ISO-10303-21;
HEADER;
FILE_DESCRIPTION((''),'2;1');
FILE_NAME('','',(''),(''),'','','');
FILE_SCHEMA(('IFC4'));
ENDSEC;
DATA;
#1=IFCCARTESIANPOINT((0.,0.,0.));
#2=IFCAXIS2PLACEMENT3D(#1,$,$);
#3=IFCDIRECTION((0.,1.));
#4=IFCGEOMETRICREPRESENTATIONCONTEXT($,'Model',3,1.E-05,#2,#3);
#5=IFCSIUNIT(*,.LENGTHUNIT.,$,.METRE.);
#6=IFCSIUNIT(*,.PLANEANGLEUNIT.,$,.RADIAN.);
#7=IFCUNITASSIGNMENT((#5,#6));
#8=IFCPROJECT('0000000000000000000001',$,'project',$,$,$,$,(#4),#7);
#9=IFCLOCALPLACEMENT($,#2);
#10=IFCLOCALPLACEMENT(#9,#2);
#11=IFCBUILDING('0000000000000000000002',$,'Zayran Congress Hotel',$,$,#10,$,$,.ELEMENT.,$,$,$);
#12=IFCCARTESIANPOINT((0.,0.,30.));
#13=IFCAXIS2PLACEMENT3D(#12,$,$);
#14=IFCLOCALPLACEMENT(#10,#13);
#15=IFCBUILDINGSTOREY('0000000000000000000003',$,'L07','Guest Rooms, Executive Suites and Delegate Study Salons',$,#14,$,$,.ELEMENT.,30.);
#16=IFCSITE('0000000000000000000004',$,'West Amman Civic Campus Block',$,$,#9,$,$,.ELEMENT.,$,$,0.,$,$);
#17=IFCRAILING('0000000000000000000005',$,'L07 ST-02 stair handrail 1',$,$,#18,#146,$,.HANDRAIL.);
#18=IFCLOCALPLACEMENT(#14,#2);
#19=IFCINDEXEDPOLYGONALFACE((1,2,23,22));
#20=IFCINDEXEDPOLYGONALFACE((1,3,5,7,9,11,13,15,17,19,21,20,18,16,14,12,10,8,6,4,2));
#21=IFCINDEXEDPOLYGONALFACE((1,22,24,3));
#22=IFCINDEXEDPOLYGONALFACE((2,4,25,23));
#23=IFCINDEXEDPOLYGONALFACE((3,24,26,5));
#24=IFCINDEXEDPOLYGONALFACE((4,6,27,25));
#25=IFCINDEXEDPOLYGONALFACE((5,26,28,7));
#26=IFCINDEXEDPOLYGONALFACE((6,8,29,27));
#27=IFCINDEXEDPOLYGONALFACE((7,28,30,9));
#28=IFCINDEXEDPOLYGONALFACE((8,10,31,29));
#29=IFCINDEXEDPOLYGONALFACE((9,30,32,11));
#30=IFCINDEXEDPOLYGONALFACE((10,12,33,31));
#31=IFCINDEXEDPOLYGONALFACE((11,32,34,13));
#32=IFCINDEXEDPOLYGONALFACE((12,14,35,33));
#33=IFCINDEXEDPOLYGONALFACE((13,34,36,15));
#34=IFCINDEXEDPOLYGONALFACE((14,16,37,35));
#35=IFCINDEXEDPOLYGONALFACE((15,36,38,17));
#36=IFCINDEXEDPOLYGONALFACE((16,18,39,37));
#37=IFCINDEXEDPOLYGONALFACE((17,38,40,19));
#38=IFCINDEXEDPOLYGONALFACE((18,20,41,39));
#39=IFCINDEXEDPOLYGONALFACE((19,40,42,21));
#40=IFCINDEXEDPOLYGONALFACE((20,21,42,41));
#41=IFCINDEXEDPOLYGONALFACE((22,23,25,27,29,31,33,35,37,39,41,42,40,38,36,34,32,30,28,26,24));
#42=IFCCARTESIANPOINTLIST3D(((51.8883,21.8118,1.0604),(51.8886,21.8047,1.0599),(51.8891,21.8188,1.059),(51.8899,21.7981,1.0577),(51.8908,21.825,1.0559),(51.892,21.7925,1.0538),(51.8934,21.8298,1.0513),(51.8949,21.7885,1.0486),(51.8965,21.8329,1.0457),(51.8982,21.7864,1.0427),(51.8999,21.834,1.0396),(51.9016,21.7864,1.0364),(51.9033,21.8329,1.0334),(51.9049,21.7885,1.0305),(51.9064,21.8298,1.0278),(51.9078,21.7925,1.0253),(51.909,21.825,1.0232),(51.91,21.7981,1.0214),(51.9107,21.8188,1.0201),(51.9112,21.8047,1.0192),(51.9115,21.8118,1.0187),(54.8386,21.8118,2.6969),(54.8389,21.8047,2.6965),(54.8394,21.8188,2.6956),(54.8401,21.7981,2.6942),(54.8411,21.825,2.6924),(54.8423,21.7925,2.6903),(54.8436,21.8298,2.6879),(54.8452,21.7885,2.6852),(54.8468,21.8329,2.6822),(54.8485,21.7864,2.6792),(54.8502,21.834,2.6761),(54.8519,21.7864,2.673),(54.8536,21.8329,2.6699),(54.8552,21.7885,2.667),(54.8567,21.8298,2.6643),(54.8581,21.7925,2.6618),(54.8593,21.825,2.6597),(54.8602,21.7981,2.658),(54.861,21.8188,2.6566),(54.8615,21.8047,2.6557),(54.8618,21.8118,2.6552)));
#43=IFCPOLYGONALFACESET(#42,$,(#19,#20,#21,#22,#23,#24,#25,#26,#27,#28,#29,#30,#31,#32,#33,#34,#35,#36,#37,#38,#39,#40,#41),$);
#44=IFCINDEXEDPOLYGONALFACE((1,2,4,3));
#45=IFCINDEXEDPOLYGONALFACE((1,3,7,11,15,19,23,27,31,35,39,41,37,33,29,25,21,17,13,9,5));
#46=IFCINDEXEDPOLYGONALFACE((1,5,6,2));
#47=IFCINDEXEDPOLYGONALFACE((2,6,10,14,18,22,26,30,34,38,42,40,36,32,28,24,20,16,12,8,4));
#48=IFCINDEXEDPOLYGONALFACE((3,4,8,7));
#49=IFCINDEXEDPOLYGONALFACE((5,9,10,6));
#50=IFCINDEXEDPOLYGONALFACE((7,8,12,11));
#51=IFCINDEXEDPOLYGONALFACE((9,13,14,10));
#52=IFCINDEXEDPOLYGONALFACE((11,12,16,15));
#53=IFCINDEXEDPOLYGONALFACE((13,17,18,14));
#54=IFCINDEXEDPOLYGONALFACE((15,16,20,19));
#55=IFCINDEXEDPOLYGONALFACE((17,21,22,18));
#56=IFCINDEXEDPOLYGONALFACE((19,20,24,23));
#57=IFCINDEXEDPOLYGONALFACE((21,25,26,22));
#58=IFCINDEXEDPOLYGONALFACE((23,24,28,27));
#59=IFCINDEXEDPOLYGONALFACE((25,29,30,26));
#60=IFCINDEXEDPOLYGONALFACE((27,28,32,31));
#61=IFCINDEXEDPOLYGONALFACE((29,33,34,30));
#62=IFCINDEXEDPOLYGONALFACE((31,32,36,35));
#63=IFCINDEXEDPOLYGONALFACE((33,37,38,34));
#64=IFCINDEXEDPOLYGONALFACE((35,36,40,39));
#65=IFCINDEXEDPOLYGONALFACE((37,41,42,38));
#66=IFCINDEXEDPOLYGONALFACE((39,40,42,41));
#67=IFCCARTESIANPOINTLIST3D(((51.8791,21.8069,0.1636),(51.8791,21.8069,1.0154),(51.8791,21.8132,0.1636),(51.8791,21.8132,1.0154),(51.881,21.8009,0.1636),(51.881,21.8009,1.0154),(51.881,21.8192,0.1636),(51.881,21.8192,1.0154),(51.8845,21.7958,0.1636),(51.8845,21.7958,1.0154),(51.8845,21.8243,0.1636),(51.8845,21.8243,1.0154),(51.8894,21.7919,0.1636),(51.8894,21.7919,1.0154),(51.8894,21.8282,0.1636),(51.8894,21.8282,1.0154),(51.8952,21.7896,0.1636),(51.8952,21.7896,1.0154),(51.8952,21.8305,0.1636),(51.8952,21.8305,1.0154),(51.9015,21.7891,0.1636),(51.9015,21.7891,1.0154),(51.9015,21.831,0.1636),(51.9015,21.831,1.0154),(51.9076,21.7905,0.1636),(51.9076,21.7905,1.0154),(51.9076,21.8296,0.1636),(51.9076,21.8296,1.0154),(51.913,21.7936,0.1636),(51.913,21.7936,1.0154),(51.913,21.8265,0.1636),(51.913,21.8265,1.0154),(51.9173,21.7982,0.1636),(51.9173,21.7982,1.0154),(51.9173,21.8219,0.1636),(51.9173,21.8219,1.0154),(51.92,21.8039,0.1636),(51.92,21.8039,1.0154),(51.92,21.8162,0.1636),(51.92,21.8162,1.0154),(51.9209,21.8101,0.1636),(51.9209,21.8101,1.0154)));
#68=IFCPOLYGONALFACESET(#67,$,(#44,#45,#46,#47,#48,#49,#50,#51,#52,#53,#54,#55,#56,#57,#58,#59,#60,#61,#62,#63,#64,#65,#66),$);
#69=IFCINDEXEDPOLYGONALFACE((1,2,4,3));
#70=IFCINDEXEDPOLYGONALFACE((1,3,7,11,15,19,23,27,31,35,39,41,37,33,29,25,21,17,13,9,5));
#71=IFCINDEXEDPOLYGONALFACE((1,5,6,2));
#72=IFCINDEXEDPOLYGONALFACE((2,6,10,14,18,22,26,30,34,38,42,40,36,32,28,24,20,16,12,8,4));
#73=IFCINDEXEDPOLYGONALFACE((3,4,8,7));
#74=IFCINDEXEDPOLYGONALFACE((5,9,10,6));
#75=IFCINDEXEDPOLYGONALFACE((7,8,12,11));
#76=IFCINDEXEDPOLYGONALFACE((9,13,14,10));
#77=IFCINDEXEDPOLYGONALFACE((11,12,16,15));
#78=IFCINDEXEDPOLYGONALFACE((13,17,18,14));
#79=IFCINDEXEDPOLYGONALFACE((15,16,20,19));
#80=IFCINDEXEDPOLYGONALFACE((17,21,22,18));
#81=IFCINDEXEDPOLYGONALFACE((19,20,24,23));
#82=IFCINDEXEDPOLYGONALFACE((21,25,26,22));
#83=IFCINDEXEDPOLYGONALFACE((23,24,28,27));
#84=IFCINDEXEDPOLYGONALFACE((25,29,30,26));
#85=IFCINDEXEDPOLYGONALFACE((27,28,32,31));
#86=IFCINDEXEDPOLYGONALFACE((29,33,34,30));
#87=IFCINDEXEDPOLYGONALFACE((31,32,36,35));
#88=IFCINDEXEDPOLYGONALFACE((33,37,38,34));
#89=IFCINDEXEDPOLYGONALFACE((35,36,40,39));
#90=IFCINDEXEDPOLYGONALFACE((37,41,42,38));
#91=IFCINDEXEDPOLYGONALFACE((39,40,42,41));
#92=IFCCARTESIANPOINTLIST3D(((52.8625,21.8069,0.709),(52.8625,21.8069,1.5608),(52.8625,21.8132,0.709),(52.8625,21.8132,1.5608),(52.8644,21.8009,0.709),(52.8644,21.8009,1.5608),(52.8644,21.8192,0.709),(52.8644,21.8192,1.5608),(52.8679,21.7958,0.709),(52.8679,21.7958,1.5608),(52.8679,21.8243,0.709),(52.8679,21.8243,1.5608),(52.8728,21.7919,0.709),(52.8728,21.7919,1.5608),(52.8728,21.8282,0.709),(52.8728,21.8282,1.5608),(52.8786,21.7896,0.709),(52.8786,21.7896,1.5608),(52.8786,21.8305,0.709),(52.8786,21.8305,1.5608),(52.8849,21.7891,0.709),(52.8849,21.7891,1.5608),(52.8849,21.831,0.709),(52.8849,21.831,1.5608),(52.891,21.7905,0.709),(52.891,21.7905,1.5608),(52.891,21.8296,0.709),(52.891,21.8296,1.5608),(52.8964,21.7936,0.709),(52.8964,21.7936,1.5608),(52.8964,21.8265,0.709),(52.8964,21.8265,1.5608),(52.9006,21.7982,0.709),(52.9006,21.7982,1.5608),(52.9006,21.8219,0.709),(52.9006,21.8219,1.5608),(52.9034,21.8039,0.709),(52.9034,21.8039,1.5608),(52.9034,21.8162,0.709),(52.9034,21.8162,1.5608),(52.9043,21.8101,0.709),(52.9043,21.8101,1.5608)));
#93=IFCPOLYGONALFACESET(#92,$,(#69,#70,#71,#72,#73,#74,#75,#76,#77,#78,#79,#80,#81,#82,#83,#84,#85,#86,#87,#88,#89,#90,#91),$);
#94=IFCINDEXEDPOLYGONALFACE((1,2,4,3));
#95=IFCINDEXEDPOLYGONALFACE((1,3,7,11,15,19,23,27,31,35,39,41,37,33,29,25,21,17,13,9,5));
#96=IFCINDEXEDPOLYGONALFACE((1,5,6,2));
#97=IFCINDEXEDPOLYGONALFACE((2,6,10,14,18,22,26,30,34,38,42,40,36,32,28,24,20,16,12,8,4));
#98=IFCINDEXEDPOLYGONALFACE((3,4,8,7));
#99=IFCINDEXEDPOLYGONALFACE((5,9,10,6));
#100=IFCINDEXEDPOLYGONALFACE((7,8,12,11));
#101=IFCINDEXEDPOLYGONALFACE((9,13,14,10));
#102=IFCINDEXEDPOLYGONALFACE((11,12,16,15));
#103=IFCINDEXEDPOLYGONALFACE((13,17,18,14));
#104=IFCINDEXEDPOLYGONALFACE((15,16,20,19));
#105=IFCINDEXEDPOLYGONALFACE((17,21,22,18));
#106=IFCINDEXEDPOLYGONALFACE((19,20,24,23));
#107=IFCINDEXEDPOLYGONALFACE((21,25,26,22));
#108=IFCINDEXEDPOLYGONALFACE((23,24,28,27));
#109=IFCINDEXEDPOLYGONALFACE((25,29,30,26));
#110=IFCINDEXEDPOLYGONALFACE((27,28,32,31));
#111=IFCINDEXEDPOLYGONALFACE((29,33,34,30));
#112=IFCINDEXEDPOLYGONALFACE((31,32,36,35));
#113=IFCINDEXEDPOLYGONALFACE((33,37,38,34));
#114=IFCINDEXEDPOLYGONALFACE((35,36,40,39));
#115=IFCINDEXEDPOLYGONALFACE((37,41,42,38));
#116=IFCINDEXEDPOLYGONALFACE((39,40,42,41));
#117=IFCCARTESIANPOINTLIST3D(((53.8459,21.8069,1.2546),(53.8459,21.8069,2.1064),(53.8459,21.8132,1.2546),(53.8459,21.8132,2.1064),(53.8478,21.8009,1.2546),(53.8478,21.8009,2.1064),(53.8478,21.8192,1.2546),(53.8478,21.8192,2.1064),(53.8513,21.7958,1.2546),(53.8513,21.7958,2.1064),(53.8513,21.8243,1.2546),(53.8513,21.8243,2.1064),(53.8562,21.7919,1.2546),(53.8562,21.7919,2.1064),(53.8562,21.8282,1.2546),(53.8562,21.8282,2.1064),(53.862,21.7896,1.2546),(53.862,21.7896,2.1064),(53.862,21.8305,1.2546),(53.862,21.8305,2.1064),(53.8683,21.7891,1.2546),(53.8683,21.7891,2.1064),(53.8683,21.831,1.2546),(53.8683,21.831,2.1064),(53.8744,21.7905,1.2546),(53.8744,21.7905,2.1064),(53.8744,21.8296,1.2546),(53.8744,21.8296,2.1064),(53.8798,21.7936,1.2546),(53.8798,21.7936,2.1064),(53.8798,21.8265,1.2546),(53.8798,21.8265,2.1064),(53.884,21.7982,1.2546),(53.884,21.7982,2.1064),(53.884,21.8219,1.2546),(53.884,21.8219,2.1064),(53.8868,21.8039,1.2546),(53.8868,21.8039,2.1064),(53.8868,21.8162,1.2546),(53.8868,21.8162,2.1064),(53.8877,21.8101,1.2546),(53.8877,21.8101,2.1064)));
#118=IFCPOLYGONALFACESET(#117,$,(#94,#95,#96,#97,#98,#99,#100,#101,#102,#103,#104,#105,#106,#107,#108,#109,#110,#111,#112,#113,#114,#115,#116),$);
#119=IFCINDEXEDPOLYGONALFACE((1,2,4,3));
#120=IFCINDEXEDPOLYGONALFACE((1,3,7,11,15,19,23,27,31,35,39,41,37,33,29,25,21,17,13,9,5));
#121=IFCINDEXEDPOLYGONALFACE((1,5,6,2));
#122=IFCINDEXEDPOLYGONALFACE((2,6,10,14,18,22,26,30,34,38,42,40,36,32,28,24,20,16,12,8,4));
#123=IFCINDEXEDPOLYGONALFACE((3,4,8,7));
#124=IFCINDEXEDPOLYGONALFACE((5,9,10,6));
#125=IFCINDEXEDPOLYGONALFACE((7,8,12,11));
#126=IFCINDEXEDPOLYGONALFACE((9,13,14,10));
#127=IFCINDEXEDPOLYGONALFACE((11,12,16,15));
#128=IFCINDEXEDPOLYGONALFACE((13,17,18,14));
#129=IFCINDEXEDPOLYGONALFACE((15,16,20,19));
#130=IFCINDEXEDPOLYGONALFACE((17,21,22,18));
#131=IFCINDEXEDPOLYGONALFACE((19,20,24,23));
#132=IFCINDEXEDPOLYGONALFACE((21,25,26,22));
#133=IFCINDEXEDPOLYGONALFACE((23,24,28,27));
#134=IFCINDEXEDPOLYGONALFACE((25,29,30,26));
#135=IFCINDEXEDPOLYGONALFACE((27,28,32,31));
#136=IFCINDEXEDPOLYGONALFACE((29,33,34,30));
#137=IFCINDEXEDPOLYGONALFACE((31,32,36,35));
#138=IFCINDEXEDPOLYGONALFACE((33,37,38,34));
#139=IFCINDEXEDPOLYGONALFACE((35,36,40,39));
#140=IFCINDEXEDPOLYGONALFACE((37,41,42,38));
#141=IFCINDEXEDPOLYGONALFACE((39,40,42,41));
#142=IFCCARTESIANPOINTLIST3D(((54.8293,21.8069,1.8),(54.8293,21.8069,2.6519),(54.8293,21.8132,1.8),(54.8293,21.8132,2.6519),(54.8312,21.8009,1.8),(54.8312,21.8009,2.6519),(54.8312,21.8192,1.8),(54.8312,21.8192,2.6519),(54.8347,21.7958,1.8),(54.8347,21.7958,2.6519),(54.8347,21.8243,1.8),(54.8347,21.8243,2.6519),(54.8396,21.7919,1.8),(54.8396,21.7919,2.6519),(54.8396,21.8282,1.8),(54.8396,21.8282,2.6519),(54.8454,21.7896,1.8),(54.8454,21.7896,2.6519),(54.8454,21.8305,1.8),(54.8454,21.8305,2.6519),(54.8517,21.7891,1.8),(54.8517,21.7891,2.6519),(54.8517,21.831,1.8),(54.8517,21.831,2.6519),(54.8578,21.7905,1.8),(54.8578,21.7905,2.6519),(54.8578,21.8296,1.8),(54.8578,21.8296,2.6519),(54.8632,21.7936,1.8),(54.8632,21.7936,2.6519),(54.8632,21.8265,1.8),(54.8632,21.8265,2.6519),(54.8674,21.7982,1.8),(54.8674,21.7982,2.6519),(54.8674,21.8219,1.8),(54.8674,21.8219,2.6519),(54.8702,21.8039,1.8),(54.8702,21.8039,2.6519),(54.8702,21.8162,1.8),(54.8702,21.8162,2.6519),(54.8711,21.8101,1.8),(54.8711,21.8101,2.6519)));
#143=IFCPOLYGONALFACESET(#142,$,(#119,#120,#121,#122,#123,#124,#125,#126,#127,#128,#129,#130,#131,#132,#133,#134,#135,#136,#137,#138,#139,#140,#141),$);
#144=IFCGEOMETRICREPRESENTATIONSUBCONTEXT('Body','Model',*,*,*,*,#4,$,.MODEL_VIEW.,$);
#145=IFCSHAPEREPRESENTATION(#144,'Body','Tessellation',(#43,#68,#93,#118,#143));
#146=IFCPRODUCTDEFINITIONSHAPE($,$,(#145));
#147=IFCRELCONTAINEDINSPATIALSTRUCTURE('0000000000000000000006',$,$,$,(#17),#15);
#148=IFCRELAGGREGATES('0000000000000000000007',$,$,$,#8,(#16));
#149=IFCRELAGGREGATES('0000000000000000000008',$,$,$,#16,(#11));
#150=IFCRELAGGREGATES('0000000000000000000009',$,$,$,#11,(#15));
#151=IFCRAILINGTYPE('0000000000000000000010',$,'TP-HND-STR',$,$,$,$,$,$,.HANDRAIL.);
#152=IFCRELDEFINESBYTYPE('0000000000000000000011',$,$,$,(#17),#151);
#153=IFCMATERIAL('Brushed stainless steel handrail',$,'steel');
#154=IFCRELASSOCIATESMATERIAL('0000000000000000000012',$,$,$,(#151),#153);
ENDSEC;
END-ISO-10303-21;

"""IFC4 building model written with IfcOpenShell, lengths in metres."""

from ifc_helpers import new_model, si_unit, direction, frame, origin, origin_2d, place, context, subcontext, project, spatial, circle, extrude, material, type_object, element, save


model = new_model("IFC4")

# Units and contexts
model_context = context("Model", 3, precision=1e-05, world=origin(), true_north=direction((0.0, 1.0)))
body_context = subcontext(model_context, "Body", "Model", "MODEL_VIEW")
ifc_project = project(units=[si_unit("LENGTHUNIT", "METRE"), si_unit("PLANEANGLEUNIT", "RADIAN")], contexts=[model_context])

# Site, building, storey
site_placement = place(None, origin())
site = spatial("IfcSite", under=ifc_project, at=site_placement, Name="West Amman Civic Campus Block", CompositionType="ELEMENT", RefElevation=0.0)
building_placement = place(site_placement, origin())
building = spatial("IfcBuilding", under=site, at=building_placement, Name="Zayran Congress Hotel", CompositionType="ELEMENT")
storey_placement = place(building_placement, frame((0.0, 0.0, 30.0)))
storey = spatial("IfcBuildingStorey", under=building, at=storey_placement, Name="L07", Description="Guest Rooms, Executive Suites and Delegate Study Salons", CompositionType="ELEMENT", Elevation=30.0)

# Railing
ifc_material_1 = material(Name="Brushed stainless steel handrail", Category="steel")
railing_type_1 = type_object("IfcRailingType", Name="TP-HND-STR", PredefinedType="HANDRAIL", material=ifc_material_1)
railing_1_placement = place(storey_placement, frame((51.8999, 21.8101, 0.1636)))
element("IfcRailing", 1, at=railing_1_placement, inside=storey, type_object=railing_type_1, Name="L07 ST-02 stair handrail 1", PredefinedType="HANDRAIL", context=body_context, shape_type="SweptSolid", body=[
    extrude(circle(Radius=0.0239, at=origin_2d()), frame((0.0, 0.0, 0.876), z_axis=(0.874475, 0.0, 0.485071), x_axis=(0.0, 1.0, 0.0)), (0.0, 0.0, 1.0), 3.3738),
    extrude(circle(Radius=0.021, at=origin_2d()), origin(), (0.0, 0.0, 1.0), 0.8518),
    extrude(circle(Radius=0.021, at=origin_2d()), frame((0.9834, 0.0, 0.5454)), (0.0, 0.0, 1.0), 0.8518),
    extrude(circle(Radius=0.021, at=origin_2d()), frame((1.9668, 0.0, 1.0911)), (0.0, 0.0, 1.0), 0.8518),
    extrude(circle(Radius=0.021, at=origin_2d()), frame((2.9502, 0.0, 1.6365)), (0.0, 0.0, 1.0), 0.8518),
])

save(model, "model.ifc")
